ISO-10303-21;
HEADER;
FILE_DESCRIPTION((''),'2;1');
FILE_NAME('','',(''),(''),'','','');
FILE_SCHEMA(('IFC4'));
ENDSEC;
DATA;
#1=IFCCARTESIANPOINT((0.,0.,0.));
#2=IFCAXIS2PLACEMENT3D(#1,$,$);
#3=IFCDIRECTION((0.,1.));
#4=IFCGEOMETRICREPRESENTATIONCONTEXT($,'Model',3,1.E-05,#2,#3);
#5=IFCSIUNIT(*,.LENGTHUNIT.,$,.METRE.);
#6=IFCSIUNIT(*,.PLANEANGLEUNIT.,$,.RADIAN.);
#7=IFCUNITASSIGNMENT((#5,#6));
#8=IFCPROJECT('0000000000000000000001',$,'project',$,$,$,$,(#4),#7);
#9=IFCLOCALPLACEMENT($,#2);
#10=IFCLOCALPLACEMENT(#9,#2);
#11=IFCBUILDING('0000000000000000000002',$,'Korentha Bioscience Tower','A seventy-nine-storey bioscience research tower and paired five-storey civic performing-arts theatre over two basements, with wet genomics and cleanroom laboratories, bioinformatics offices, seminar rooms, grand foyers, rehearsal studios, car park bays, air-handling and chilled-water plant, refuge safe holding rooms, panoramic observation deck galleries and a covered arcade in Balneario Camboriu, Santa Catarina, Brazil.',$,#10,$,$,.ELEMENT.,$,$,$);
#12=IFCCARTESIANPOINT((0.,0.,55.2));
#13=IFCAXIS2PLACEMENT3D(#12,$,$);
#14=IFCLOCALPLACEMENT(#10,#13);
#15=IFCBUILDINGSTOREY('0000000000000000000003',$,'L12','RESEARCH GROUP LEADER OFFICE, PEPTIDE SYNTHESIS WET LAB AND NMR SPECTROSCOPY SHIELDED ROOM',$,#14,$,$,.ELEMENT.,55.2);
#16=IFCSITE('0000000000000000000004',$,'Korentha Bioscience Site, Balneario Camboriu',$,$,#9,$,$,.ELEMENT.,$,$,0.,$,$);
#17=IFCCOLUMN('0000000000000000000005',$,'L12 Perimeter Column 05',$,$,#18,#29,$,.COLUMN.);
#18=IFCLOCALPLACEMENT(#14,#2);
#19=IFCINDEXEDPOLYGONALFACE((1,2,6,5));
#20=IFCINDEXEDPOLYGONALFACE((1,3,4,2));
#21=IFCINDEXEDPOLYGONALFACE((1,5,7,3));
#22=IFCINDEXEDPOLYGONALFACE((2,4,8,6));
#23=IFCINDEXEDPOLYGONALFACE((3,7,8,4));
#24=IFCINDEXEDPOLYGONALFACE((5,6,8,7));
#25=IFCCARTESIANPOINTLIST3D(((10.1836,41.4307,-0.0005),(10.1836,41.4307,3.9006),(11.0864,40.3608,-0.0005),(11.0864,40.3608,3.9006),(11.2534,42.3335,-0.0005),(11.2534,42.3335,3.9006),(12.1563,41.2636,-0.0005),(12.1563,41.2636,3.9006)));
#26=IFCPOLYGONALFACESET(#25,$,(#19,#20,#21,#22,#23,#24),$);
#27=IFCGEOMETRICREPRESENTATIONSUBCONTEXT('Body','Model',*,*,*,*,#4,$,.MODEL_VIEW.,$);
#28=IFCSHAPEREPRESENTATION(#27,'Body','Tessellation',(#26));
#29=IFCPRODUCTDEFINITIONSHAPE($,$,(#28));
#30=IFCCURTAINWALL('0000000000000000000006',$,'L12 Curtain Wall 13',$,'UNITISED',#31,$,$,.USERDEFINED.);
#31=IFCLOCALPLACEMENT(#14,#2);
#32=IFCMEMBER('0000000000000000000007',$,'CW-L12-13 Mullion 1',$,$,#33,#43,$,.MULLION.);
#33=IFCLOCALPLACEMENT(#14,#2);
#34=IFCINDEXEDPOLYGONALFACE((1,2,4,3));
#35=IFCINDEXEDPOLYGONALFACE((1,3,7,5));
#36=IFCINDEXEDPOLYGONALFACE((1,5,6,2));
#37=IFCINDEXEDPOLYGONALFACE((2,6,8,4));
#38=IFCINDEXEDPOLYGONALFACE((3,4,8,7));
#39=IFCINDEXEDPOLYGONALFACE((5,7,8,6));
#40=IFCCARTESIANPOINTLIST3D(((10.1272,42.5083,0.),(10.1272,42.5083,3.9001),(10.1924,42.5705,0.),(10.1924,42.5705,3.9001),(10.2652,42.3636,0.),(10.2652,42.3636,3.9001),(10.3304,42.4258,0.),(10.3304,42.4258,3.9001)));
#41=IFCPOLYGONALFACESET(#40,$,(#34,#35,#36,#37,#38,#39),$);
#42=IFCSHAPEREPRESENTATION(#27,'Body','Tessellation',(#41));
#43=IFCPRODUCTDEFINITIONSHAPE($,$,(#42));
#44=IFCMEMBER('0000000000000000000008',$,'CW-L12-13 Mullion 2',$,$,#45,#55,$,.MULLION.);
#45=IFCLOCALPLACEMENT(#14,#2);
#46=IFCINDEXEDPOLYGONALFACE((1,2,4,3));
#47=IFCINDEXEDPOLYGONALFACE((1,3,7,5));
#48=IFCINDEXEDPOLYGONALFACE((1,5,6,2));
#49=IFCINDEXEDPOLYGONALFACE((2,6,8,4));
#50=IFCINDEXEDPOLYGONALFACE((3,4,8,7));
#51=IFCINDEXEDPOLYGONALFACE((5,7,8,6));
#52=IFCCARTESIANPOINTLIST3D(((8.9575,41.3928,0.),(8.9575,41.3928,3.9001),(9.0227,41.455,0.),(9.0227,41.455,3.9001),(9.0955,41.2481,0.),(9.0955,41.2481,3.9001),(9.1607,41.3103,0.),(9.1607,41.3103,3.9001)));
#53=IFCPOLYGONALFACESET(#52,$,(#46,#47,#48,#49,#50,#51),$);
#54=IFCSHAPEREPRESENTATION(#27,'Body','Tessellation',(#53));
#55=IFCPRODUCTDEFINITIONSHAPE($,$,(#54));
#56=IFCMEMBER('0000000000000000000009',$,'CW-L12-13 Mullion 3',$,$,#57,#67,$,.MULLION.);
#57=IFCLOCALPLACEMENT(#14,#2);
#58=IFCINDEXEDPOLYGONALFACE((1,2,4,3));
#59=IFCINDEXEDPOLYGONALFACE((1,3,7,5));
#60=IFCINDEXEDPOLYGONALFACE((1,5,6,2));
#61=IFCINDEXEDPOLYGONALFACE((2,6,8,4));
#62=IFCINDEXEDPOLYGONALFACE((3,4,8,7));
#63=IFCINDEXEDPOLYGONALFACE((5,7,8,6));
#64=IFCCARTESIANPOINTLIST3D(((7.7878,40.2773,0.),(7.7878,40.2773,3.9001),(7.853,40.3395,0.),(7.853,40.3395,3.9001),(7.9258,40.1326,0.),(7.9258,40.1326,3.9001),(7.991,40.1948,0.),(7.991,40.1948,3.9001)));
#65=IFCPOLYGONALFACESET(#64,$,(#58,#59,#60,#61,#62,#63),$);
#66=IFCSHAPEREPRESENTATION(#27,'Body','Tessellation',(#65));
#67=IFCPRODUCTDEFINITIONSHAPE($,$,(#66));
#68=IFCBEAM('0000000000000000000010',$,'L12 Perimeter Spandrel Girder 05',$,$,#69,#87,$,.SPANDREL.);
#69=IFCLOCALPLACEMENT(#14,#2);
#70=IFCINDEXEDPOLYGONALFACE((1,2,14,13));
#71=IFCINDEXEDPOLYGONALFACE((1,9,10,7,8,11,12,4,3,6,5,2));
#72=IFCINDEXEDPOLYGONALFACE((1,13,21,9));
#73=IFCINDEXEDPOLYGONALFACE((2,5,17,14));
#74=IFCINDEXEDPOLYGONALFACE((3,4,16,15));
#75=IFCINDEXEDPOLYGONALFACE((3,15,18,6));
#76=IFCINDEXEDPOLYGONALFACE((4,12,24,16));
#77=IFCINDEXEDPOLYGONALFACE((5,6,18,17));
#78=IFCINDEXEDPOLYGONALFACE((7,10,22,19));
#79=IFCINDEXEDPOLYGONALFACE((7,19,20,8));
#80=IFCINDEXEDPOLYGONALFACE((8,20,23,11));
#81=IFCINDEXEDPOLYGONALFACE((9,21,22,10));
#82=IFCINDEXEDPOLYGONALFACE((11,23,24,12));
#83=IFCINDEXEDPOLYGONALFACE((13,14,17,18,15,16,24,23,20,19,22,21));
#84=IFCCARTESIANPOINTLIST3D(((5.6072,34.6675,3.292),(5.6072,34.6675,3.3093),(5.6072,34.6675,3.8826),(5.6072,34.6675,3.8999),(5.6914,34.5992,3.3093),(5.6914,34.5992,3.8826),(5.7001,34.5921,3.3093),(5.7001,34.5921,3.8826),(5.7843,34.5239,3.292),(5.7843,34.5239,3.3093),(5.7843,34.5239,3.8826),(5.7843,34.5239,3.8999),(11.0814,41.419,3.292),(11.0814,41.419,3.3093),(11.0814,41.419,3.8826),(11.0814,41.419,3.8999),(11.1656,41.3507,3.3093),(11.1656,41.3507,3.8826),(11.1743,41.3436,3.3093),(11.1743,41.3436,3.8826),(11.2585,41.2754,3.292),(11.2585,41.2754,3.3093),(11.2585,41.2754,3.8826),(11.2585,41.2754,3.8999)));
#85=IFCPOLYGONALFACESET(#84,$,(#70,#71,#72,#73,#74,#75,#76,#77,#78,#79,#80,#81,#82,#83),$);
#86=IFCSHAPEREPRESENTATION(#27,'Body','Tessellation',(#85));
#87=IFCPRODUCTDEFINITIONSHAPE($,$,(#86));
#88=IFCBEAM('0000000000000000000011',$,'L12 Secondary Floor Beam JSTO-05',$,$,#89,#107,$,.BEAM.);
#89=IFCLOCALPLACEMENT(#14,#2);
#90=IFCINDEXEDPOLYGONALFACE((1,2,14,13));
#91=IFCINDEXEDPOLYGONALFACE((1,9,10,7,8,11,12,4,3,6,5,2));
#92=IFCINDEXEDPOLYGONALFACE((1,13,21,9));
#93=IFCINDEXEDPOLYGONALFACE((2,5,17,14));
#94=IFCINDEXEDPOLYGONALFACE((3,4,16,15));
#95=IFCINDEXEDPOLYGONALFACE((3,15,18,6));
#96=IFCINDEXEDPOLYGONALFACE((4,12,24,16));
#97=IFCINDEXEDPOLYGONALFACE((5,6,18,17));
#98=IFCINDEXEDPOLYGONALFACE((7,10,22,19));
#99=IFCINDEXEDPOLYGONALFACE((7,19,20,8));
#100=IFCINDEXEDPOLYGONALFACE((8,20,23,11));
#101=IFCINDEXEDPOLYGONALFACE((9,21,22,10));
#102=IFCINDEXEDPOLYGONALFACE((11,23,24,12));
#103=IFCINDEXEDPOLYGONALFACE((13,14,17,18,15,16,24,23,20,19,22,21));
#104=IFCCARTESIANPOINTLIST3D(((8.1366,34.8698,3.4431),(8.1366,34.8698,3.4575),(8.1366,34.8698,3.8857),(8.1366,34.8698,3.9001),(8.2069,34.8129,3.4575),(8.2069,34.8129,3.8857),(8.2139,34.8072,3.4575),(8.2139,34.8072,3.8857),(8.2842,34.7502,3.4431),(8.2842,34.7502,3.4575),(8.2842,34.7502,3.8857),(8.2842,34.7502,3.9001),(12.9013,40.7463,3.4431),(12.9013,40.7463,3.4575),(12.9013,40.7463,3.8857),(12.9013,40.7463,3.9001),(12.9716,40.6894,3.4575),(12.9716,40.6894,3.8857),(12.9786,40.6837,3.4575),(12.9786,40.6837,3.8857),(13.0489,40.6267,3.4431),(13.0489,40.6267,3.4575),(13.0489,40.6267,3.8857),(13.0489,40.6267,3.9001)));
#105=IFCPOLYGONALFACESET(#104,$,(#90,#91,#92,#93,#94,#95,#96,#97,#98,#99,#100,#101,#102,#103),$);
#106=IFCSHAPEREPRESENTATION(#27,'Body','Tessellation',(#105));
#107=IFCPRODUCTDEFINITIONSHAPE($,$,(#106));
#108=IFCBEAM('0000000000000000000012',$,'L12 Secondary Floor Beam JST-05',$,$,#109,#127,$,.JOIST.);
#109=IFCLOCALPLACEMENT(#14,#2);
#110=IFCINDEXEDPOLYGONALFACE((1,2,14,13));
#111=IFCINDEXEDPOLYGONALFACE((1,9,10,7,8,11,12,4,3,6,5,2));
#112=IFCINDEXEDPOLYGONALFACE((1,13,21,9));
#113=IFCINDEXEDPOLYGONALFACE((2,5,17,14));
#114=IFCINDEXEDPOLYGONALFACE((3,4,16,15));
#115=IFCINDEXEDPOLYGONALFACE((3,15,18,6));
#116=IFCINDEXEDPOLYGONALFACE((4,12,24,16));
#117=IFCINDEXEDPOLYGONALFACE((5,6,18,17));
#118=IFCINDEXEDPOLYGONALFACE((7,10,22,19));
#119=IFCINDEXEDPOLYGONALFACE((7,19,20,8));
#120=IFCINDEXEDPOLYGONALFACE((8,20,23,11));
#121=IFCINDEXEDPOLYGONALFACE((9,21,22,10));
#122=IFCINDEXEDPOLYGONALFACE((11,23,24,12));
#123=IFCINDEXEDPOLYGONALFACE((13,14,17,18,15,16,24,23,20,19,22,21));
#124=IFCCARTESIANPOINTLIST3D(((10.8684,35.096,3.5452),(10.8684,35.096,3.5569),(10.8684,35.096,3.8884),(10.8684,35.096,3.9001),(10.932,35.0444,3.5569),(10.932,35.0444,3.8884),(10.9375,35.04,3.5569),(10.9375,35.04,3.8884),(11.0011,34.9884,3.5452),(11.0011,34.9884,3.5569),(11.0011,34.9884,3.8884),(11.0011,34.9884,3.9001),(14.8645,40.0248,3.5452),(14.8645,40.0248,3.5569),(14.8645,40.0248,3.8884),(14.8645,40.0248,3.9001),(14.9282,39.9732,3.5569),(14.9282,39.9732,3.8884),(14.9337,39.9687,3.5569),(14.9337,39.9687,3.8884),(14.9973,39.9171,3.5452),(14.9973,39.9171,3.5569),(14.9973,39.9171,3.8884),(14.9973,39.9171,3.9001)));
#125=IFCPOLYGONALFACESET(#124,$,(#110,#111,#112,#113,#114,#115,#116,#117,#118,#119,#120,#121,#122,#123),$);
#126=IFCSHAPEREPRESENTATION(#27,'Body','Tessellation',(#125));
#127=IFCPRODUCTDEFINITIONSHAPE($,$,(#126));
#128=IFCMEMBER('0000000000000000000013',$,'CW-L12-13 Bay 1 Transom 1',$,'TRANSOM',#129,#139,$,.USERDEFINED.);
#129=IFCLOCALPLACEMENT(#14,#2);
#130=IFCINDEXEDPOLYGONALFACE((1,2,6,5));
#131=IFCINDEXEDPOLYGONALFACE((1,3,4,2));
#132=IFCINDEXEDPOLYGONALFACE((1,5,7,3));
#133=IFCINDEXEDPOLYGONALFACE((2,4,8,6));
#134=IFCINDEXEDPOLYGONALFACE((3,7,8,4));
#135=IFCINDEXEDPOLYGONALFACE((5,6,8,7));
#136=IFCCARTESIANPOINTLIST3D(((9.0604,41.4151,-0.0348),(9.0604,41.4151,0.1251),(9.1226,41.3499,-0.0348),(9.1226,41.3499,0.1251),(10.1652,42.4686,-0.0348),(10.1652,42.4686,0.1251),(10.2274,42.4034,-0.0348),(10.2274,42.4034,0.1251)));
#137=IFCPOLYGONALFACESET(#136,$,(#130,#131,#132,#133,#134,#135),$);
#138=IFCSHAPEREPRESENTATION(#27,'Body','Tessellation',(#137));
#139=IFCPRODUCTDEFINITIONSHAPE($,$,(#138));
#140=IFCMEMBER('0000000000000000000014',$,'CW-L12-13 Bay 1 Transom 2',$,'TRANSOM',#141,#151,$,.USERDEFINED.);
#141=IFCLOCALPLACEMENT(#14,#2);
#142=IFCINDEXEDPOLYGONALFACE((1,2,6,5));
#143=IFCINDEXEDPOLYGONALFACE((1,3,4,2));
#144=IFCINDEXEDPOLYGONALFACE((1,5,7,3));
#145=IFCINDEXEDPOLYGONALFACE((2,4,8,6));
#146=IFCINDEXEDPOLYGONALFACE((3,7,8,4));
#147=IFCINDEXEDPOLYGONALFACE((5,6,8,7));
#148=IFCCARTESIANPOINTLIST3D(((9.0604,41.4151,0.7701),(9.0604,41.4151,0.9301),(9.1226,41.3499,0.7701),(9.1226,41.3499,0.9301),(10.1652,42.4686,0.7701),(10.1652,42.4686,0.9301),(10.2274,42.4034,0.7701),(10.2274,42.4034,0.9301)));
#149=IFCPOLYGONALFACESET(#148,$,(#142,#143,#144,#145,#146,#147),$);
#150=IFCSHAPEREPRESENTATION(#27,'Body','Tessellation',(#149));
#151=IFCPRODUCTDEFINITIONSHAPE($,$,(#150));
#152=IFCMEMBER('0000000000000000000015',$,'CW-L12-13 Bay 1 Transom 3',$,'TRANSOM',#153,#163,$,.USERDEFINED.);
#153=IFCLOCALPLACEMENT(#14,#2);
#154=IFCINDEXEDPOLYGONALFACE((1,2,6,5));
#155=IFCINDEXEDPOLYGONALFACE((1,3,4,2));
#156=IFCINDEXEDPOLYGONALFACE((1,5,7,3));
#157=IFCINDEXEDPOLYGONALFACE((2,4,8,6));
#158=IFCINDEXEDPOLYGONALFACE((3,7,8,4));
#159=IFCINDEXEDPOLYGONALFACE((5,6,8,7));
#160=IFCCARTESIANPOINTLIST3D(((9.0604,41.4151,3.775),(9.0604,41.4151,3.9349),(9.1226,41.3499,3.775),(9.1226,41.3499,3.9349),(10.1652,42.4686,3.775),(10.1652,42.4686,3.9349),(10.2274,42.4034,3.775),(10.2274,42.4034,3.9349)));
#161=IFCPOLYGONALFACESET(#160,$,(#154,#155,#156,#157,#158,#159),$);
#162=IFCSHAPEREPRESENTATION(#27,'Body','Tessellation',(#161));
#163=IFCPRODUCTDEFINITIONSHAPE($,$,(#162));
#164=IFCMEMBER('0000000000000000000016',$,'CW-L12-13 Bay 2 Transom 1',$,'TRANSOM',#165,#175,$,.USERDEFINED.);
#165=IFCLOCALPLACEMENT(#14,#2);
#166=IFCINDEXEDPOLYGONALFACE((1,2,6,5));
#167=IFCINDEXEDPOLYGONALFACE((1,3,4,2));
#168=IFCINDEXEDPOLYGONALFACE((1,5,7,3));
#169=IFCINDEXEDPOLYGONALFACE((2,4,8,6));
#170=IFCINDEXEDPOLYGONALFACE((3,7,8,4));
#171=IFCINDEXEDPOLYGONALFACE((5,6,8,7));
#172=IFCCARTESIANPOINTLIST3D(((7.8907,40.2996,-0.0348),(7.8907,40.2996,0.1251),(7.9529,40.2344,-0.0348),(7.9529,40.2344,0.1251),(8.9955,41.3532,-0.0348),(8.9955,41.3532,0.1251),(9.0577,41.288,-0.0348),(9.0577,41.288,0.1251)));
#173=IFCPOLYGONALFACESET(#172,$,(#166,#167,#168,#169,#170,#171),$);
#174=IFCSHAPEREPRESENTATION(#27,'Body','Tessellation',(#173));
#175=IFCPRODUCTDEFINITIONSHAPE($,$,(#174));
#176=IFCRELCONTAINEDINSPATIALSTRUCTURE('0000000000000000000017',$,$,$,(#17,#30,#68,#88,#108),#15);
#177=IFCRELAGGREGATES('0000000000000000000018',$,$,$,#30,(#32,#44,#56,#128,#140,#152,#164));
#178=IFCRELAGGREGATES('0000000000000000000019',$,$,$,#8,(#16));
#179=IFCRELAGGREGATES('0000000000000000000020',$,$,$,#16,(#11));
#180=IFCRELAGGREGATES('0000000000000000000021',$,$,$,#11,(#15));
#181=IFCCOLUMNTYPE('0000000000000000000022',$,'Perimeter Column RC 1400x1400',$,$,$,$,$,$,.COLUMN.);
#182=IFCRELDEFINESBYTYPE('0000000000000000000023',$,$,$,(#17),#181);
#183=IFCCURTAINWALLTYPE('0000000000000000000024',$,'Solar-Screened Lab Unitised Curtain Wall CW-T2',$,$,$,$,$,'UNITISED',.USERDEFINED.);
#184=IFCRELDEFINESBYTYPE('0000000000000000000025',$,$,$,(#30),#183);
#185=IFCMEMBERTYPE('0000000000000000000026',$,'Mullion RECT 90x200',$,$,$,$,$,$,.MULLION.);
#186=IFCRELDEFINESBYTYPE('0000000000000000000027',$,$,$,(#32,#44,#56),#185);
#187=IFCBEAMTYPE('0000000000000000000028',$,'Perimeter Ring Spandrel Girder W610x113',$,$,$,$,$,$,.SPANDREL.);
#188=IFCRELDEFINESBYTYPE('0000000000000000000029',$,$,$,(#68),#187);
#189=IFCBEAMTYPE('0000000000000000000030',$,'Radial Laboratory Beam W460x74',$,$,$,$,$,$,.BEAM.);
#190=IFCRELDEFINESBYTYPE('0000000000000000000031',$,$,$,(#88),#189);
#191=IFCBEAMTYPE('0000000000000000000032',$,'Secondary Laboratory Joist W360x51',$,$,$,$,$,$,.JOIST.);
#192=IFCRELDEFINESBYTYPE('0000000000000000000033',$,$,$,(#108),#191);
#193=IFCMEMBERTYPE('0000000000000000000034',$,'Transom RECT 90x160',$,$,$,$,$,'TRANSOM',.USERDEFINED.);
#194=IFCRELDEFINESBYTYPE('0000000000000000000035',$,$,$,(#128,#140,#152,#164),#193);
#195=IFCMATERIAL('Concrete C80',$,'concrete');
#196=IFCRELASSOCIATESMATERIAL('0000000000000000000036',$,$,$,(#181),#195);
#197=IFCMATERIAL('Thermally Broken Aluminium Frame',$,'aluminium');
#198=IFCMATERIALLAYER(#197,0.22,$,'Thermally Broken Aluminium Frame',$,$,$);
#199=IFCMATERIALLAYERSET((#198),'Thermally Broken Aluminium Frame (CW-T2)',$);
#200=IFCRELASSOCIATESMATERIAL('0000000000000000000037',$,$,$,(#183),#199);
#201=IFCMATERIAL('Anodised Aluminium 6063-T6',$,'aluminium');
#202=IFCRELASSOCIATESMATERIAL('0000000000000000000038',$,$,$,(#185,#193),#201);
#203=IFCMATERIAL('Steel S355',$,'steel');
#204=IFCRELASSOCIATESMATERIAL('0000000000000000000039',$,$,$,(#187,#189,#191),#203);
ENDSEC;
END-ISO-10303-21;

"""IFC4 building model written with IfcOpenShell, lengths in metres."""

from ifc_helpers import new_model, si_unit, direction, frame, origin, origin_2d, place, context, subcontext, project, spatial, rectangle, i_section, extrude, material, layer, layer_set, material_profile, profile_set, type_object, element, aggregate, save


model = new_model("IFC4")

# Units and contexts
model_context = context("Model", 3, precision=1e-05, world=origin(), true_north=direction((0.0, 1.0)))
body_context = subcontext(model_context, "Body", "Model", "MODEL_VIEW")
ifc_project = project(units=[si_unit("LENGTHUNIT", "METRE"), si_unit("PLANEANGLEUNIT", "RADIAN")], contexts=[model_context])

# Site, building, storey
site_placement = place(None, origin())
site = spatial("IfcSite", under=ifc_project, at=site_placement, Name="Korentha Bioscience Site, Balneario Camboriu", CompositionType="ELEMENT", RefElevation=0.0)
building_placement = place(site_placement, origin())
building = spatial("IfcBuilding", under=site, at=building_placement, Name="Korentha Bioscience Tower", Description="A seventy-nine-storey bioscience research tower and paired five-storey civic performing-arts theatre over two basements, with wet genomics and cleanroom laboratories, bioinformatics offices, seminar rooms, grand foyers, rehearsal studios, car park bays, air-handling and chilled-water plant, refuge safe holding rooms, panoramic observation deck galleries and a covered arcade in Balneario Camboriu, Santa Catarina, Brazil.", CompositionType="ELEMENT")
storey_placement = place(building_placement, frame((0.0, 0.0, 55.2)))
storey = spatial("IfcBuildingStorey", under=building, at=storey_placement, Name="L12", Description="RESEARCH GROUP LEADER OFFICE, PEPTIDE SYNTHESIS WET LAB AND NMR SPECTROSCOPY SHIELDED ROOM", CompositionType="ELEMENT", Elevation=55.2)

# Column
ifc_material_1 = material(Name="Concrete C80", Category="concrete")
ifc_material_profile_1 = material_profile(ifc_material_1, rectangle(XDim=1.3999, YDim=1.3999, at=origin_2d()), Name="Concrete C80")
ifc_profile_set_1 = profile_set([ifc_material_profile_1], Name="Concrete C80 (COL-P14)")
column_type = type_object("IfcColumnType", Name="Perimeter Column RC 1400x1400", PredefinedType="COLUMN", material=ifc_profile_set_1)
column_placement = place(storey_placement, frame((11.1699, 41.3472, -0.0005), z_axis=(0.0, 0.0, 1.0), x_axis=(0.764246, 0.644924, 0.0)))
element("IfcColumn", 1, at=column_placement, inside=storey, type_object=column_type, Name="L12 Perimeter Column 05", PredefinedType="COLUMN", context=body_context, shape_type="SweptSolid", body=[
    extrude(rectangle(XDim=1.3999, YDim=1.3999, at=origin_2d()), origin(), (0.0, 0.0, 1.0), 3.9011),
])

# Curtain wall, members
ifc_material_2 = material(Name="Thermally Broken Aluminium Frame", Category="aluminium")
ifc_layer_1 = layer(ifc_material_2, 0.22, Name="Thermally Broken Aluminium Frame")
ifc_layer_set_1 = layer_set([ifc_layer_1], Name="Thermally Broken Aluminium Frame (CW-T2)")
curtain_wall_type = type_object("IfcCurtainWallType", Name="Solar-Screened Lab Unitised Curtain Wall CW-T2", ElementType="UNITISED", PredefinedType="USERDEFINED", material=ifc_layer_set_1)
curtain_wall_placement = place(storey_placement, origin())
curtain_wall = element("IfcCurtainWall", 2, at=curtain_wall_placement, inside=storey, type_object=curtain_wall_type, Name="L12 Curtain Wall 13", ObjectType="UNITISED", PredefinedType="USERDEFINED")
ifc_material_3 = material(Name="Anodised Aluminium 6063-T6", Category="aluminium")
ifc_material_profile_2 = material_profile(ifc_material_3, rectangle(XDim=0.0901, YDim=0.2, at=origin_2d()), Name="Anodised Aluminium 6063-T6")
ifc_profile_set_2 = profile_set([ifc_material_profile_2], Name="Anodised Aluminium 6063-T6 (CW-MUL)")
member_type_1 = type_object("IfcMemberType", Name="Mullion RECT 90x200", PredefinedType="MULLION", material=ifc_profile_set_2)
member_1_placement = place(storey_placement, frame((10.2288, 42.467, 0.0), z_axis=(0.0, 0.0, 1.0), x_axis=(-0.723642, -0.690176, 0.0)))
member_1 = element("IfcMember", 3, at=member_1_placement, type_object=member_type_1, Name="CW-L12-13 Mullion 1", PredefinedType="MULLION", context=body_context, shape_type="SweptSolid", body=[
    extrude(rectangle(XDim=0.0901, YDim=0.2, at=origin_2d()), origin(), (0.0, 0.0, 1.0), 3.9001),
])
member_2_placement = place(storey_placement, frame((9.0591, 41.3516, 0.0), z_axis=(0.0, 0.0, 1.0), x_axis=(-0.723642, -0.690176, 0.0)))
member_2 = element("IfcMember", 4, at=member_2_placement, type_object=member_type_1, Name="CW-L12-13 Mullion 2", PredefinedType="MULLION", context=body_context, shape_type="SweptSolid", body=[
    extrude(rectangle(XDim=0.0901, YDim=0.2, at=origin_2d()), origin(), (0.0, 0.0, 1.0), 3.9001),
])
member_3_placement = place(storey_placement, frame((7.8894, 40.2361, 0.0), z_axis=(0.0, 0.0, 1.0), x_axis=(-0.723642, -0.690176, 0.0)))
member_3 = element("IfcMember", 5, at=member_3_placement, type_object=member_type_1, Name="CW-L12-13 Mullion 3", PredefinedType="MULLION", context=body_context, shape_type="SweptSolid", body=[
    extrude(rectangle(XDim=0.0901, YDim=0.2, at=origin_2d()), origin(), (0.0, 0.0, 1.0), 3.9001),
])

# Beams
ifc_material_4 = material(Name="Steel S355", Category="steel")
ifc_material_profile_3 = material_profile(ifc_material_4, i_section(OverallWidth=0.228, OverallDepth=0.6079, WebThickness=0.0112, FlangeThickness=0.0173, at=origin_2d()), Name="Steel S355")
ifc_profile_set_3 = profile_set([ifc_material_profile_3], Name="Steel S355 (SB-610)")
beam_type_1 = type_object("IfcBeamType", Name="Perimeter Ring Spandrel Girder W610x113", PredefinedType="SPANDREL", material=ifc_profile_set_3)
beam_1_placement = place(storey_placement, frame((11.1699, 41.3472, 3.5959), z_axis=(-0.629799, -0.776758, 0.0), x_axis=(0.776758, -0.629799, 0.0)))
element("IfcBeam", 6, at=beam_1_placement, inside=storey, type_object=beam_type_1, Name="L12 Perimeter Spandrel Girder 05", PredefinedType="SPANDREL", context=body_context, shape_type="SweptSolid", body=[
    extrude(i_section(OverallWidth=0.228, OverallDepth=0.6079, WebThickness=0.0112, FlangeThickness=0.0173, at=origin_2d()), origin(), (0.0, 0.0, 1.0), 8.6919),
])
ifc_material_profile_4 = material_profile(ifc_material_4, i_section(OverallWidth=0.1899, OverallDepth=0.457, WebThickness=0.009, FlangeThickness=0.0144, at=origin_2d()), Name="Steel S355")
ifc_profile_set_4 = profile_set([ifc_material_profile_4], Name="Steel S355 (RB-460)")
beam_type_2 = type_object("IfcBeamType", Name="Radial Laboratory Beam W460x74", PredefinedType="BEAM", material=ifc_profile_set_4)
beam_2_placement = place(storey_placement, frame((12.9751, 40.6865, 3.6716), z_axis=(-0.629798, -0.776759, 0.0), x_axis=(0.776759, -0.629798, 0.0)))
element("IfcBeam", 7, at=beam_2_placement, inside=storey, type_object=beam_type_2, Name="L12 Secondary Floor Beam JSTO-05", PredefinedType="BEAM", context=body_context, shape_type="SweptSolid", body=[
    extrude(i_section(OverallWidth=0.1899, OverallDepth=0.457, WebThickness=0.009, FlangeThickness=0.0144, at=origin_2d()), origin(), (0.0, 0.0, 1.0), 7.5654),
])
ifc_material_profile_5 = material_profile(ifc_material_4, i_section(OverallWidth=0.1709, OverallDepth=0.355, WebThickness=0.0071, FlangeThickness=0.0117, at=origin_2d()), Name="Steel S355")
ifc_profile_set_5 = profile_set([ifc_material_profile_5], Name="Steel S355 (JB-360)")
beam_type_3 = type_object("IfcBeamType", Name="Secondary Laboratory Joist W360x51", PredefinedType="JOIST", material=ifc_profile_set_5)
beam_3_placement = place(storey_placement, frame((14.9309, 39.9709, 3.7227), z_axis=(-0.629787, -0.776768, 0.0), x_axis=(0.776768, -0.629787, 0.0)))
element("IfcBeam", 8, at=beam_3_placement, inside=storey, type_object=beam_type_3, Name="L12 Secondary Floor Beam JST-05", PredefinedType="JOIST", context=body_context, shape_type="SweptSolid", body=[
    extrude(i_section(OverallWidth=0.1709, OverallDepth=0.355, WebThickness=0.0071, FlangeThickness=0.0117, at=origin_2d()), origin(), (0.0, 0.0, 1.0), 6.3452),
])

# Members
ifc_material_profile_6 = material_profile(ifc_material_3, rectangle(XDim=0.0901, YDim=0.1599, at=origin_2d()), Name="Anodised Aluminium 6063-T6")
ifc_profile_set_6 = profile_set([ifc_material_profile_6], Name="Anodised Aluminium 6063-T6 (CW-TRN)")
member_type_2 = type_object("IfcMemberType", Name="Transom RECT 90x160", ElementType="TRANSOM", PredefinedType="USERDEFINED", material=ifc_profile_set_6)
member_4_placement = place(storey_placement, frame((10.1963, 42.436, 0.0452), z_axis=(-0.7237, -0.690114, 0.0), x_axis=(0.690114, -0.7237, 0.0)))
member_4 = element("IfcMember", 9, at=member_4_placement, type_object=member_type_2, Name="CW-L12-13 Bay 1 Transom 1", ObjectType="TRANSOM", PredefinedType="USERDEFINED", context=body_context, shape_type="SweptSolid", body=[
    extrude(rectangle(XDim=0.0901, YDim=0.1599, at=origin_2d()), origin(), (0.0, 0.0, 1.0), 1.5266),
])
member_5_placement = place(storey_placement, frame((10.1963, 42.436, 0.8501), z_axis=(-0.7237, -0.690114, 0.0), x_axis=(0.690114, -0.7237, 0.0)))
member_5 = element("IfcMember", 10, at=member_5_placement, type_object=member_type_2, Name="CW-L12-13 Bay 1 Transom 2", ObjectType="TRANSOM", PredefinedType="USERDEFINED", context=body_context, shape_type="SweptSolid", body=[
    extrude(rectangle(XDim=0.0901, YDim=0.1599, at=origin_2d()), origin(), (0.0, 0.0, 1.0), 1.5266),
])
member_6_placement = place(storey_placement, frame((10.1963, 42.436, 3.855), z_axis=(-0.7237, -0.690114, 0.0), x_axis=(0.690114, -0.7237, 0.0)))
member_6 = element("IfcMember", 11, at=member_6_placement, type_object=member_type_2, Name="CW-L12-13 Bay 1 Transom 3", ObjectType="TRANSOM", PredefinedType="USERDEFINED", context=body_context, shape_type="SweptSolid", body=[
    extrude(rectangle(XDim=0.0901, YDim=0.1599, at=origin_2d()), origin(), (0.0, 0.0, 1.0), 1.5266),
])
member_7_placement = place(storey_placement, frame((9.0266, 41.3206, 0.0452), z_axis=(-0.7237, -0.690114, 0.0), x_axis=(0.690114, -0.7237, 0.0)))
member_7 = element("IfcMember", 12, at=member_7_placement, type_object=member_type_2, Name="CW-L12-13 Bay 2 Transom 1", ObjectType="TRANSOM", PredefinedType="USERDEFINED", context=body_context, shape_type="SweptSolid", body=[
    extrude(rectangle(XDim=0.0901, YDim=0.1599, at=origin_2d()), origin(), (0.0, 0.0, 1.0), 1.5266),
])

aggregate(curtain_wall, [member_1, member_2, member_3, member_4, member_5, member_6, member_7])

save(model, "model.ifc")
